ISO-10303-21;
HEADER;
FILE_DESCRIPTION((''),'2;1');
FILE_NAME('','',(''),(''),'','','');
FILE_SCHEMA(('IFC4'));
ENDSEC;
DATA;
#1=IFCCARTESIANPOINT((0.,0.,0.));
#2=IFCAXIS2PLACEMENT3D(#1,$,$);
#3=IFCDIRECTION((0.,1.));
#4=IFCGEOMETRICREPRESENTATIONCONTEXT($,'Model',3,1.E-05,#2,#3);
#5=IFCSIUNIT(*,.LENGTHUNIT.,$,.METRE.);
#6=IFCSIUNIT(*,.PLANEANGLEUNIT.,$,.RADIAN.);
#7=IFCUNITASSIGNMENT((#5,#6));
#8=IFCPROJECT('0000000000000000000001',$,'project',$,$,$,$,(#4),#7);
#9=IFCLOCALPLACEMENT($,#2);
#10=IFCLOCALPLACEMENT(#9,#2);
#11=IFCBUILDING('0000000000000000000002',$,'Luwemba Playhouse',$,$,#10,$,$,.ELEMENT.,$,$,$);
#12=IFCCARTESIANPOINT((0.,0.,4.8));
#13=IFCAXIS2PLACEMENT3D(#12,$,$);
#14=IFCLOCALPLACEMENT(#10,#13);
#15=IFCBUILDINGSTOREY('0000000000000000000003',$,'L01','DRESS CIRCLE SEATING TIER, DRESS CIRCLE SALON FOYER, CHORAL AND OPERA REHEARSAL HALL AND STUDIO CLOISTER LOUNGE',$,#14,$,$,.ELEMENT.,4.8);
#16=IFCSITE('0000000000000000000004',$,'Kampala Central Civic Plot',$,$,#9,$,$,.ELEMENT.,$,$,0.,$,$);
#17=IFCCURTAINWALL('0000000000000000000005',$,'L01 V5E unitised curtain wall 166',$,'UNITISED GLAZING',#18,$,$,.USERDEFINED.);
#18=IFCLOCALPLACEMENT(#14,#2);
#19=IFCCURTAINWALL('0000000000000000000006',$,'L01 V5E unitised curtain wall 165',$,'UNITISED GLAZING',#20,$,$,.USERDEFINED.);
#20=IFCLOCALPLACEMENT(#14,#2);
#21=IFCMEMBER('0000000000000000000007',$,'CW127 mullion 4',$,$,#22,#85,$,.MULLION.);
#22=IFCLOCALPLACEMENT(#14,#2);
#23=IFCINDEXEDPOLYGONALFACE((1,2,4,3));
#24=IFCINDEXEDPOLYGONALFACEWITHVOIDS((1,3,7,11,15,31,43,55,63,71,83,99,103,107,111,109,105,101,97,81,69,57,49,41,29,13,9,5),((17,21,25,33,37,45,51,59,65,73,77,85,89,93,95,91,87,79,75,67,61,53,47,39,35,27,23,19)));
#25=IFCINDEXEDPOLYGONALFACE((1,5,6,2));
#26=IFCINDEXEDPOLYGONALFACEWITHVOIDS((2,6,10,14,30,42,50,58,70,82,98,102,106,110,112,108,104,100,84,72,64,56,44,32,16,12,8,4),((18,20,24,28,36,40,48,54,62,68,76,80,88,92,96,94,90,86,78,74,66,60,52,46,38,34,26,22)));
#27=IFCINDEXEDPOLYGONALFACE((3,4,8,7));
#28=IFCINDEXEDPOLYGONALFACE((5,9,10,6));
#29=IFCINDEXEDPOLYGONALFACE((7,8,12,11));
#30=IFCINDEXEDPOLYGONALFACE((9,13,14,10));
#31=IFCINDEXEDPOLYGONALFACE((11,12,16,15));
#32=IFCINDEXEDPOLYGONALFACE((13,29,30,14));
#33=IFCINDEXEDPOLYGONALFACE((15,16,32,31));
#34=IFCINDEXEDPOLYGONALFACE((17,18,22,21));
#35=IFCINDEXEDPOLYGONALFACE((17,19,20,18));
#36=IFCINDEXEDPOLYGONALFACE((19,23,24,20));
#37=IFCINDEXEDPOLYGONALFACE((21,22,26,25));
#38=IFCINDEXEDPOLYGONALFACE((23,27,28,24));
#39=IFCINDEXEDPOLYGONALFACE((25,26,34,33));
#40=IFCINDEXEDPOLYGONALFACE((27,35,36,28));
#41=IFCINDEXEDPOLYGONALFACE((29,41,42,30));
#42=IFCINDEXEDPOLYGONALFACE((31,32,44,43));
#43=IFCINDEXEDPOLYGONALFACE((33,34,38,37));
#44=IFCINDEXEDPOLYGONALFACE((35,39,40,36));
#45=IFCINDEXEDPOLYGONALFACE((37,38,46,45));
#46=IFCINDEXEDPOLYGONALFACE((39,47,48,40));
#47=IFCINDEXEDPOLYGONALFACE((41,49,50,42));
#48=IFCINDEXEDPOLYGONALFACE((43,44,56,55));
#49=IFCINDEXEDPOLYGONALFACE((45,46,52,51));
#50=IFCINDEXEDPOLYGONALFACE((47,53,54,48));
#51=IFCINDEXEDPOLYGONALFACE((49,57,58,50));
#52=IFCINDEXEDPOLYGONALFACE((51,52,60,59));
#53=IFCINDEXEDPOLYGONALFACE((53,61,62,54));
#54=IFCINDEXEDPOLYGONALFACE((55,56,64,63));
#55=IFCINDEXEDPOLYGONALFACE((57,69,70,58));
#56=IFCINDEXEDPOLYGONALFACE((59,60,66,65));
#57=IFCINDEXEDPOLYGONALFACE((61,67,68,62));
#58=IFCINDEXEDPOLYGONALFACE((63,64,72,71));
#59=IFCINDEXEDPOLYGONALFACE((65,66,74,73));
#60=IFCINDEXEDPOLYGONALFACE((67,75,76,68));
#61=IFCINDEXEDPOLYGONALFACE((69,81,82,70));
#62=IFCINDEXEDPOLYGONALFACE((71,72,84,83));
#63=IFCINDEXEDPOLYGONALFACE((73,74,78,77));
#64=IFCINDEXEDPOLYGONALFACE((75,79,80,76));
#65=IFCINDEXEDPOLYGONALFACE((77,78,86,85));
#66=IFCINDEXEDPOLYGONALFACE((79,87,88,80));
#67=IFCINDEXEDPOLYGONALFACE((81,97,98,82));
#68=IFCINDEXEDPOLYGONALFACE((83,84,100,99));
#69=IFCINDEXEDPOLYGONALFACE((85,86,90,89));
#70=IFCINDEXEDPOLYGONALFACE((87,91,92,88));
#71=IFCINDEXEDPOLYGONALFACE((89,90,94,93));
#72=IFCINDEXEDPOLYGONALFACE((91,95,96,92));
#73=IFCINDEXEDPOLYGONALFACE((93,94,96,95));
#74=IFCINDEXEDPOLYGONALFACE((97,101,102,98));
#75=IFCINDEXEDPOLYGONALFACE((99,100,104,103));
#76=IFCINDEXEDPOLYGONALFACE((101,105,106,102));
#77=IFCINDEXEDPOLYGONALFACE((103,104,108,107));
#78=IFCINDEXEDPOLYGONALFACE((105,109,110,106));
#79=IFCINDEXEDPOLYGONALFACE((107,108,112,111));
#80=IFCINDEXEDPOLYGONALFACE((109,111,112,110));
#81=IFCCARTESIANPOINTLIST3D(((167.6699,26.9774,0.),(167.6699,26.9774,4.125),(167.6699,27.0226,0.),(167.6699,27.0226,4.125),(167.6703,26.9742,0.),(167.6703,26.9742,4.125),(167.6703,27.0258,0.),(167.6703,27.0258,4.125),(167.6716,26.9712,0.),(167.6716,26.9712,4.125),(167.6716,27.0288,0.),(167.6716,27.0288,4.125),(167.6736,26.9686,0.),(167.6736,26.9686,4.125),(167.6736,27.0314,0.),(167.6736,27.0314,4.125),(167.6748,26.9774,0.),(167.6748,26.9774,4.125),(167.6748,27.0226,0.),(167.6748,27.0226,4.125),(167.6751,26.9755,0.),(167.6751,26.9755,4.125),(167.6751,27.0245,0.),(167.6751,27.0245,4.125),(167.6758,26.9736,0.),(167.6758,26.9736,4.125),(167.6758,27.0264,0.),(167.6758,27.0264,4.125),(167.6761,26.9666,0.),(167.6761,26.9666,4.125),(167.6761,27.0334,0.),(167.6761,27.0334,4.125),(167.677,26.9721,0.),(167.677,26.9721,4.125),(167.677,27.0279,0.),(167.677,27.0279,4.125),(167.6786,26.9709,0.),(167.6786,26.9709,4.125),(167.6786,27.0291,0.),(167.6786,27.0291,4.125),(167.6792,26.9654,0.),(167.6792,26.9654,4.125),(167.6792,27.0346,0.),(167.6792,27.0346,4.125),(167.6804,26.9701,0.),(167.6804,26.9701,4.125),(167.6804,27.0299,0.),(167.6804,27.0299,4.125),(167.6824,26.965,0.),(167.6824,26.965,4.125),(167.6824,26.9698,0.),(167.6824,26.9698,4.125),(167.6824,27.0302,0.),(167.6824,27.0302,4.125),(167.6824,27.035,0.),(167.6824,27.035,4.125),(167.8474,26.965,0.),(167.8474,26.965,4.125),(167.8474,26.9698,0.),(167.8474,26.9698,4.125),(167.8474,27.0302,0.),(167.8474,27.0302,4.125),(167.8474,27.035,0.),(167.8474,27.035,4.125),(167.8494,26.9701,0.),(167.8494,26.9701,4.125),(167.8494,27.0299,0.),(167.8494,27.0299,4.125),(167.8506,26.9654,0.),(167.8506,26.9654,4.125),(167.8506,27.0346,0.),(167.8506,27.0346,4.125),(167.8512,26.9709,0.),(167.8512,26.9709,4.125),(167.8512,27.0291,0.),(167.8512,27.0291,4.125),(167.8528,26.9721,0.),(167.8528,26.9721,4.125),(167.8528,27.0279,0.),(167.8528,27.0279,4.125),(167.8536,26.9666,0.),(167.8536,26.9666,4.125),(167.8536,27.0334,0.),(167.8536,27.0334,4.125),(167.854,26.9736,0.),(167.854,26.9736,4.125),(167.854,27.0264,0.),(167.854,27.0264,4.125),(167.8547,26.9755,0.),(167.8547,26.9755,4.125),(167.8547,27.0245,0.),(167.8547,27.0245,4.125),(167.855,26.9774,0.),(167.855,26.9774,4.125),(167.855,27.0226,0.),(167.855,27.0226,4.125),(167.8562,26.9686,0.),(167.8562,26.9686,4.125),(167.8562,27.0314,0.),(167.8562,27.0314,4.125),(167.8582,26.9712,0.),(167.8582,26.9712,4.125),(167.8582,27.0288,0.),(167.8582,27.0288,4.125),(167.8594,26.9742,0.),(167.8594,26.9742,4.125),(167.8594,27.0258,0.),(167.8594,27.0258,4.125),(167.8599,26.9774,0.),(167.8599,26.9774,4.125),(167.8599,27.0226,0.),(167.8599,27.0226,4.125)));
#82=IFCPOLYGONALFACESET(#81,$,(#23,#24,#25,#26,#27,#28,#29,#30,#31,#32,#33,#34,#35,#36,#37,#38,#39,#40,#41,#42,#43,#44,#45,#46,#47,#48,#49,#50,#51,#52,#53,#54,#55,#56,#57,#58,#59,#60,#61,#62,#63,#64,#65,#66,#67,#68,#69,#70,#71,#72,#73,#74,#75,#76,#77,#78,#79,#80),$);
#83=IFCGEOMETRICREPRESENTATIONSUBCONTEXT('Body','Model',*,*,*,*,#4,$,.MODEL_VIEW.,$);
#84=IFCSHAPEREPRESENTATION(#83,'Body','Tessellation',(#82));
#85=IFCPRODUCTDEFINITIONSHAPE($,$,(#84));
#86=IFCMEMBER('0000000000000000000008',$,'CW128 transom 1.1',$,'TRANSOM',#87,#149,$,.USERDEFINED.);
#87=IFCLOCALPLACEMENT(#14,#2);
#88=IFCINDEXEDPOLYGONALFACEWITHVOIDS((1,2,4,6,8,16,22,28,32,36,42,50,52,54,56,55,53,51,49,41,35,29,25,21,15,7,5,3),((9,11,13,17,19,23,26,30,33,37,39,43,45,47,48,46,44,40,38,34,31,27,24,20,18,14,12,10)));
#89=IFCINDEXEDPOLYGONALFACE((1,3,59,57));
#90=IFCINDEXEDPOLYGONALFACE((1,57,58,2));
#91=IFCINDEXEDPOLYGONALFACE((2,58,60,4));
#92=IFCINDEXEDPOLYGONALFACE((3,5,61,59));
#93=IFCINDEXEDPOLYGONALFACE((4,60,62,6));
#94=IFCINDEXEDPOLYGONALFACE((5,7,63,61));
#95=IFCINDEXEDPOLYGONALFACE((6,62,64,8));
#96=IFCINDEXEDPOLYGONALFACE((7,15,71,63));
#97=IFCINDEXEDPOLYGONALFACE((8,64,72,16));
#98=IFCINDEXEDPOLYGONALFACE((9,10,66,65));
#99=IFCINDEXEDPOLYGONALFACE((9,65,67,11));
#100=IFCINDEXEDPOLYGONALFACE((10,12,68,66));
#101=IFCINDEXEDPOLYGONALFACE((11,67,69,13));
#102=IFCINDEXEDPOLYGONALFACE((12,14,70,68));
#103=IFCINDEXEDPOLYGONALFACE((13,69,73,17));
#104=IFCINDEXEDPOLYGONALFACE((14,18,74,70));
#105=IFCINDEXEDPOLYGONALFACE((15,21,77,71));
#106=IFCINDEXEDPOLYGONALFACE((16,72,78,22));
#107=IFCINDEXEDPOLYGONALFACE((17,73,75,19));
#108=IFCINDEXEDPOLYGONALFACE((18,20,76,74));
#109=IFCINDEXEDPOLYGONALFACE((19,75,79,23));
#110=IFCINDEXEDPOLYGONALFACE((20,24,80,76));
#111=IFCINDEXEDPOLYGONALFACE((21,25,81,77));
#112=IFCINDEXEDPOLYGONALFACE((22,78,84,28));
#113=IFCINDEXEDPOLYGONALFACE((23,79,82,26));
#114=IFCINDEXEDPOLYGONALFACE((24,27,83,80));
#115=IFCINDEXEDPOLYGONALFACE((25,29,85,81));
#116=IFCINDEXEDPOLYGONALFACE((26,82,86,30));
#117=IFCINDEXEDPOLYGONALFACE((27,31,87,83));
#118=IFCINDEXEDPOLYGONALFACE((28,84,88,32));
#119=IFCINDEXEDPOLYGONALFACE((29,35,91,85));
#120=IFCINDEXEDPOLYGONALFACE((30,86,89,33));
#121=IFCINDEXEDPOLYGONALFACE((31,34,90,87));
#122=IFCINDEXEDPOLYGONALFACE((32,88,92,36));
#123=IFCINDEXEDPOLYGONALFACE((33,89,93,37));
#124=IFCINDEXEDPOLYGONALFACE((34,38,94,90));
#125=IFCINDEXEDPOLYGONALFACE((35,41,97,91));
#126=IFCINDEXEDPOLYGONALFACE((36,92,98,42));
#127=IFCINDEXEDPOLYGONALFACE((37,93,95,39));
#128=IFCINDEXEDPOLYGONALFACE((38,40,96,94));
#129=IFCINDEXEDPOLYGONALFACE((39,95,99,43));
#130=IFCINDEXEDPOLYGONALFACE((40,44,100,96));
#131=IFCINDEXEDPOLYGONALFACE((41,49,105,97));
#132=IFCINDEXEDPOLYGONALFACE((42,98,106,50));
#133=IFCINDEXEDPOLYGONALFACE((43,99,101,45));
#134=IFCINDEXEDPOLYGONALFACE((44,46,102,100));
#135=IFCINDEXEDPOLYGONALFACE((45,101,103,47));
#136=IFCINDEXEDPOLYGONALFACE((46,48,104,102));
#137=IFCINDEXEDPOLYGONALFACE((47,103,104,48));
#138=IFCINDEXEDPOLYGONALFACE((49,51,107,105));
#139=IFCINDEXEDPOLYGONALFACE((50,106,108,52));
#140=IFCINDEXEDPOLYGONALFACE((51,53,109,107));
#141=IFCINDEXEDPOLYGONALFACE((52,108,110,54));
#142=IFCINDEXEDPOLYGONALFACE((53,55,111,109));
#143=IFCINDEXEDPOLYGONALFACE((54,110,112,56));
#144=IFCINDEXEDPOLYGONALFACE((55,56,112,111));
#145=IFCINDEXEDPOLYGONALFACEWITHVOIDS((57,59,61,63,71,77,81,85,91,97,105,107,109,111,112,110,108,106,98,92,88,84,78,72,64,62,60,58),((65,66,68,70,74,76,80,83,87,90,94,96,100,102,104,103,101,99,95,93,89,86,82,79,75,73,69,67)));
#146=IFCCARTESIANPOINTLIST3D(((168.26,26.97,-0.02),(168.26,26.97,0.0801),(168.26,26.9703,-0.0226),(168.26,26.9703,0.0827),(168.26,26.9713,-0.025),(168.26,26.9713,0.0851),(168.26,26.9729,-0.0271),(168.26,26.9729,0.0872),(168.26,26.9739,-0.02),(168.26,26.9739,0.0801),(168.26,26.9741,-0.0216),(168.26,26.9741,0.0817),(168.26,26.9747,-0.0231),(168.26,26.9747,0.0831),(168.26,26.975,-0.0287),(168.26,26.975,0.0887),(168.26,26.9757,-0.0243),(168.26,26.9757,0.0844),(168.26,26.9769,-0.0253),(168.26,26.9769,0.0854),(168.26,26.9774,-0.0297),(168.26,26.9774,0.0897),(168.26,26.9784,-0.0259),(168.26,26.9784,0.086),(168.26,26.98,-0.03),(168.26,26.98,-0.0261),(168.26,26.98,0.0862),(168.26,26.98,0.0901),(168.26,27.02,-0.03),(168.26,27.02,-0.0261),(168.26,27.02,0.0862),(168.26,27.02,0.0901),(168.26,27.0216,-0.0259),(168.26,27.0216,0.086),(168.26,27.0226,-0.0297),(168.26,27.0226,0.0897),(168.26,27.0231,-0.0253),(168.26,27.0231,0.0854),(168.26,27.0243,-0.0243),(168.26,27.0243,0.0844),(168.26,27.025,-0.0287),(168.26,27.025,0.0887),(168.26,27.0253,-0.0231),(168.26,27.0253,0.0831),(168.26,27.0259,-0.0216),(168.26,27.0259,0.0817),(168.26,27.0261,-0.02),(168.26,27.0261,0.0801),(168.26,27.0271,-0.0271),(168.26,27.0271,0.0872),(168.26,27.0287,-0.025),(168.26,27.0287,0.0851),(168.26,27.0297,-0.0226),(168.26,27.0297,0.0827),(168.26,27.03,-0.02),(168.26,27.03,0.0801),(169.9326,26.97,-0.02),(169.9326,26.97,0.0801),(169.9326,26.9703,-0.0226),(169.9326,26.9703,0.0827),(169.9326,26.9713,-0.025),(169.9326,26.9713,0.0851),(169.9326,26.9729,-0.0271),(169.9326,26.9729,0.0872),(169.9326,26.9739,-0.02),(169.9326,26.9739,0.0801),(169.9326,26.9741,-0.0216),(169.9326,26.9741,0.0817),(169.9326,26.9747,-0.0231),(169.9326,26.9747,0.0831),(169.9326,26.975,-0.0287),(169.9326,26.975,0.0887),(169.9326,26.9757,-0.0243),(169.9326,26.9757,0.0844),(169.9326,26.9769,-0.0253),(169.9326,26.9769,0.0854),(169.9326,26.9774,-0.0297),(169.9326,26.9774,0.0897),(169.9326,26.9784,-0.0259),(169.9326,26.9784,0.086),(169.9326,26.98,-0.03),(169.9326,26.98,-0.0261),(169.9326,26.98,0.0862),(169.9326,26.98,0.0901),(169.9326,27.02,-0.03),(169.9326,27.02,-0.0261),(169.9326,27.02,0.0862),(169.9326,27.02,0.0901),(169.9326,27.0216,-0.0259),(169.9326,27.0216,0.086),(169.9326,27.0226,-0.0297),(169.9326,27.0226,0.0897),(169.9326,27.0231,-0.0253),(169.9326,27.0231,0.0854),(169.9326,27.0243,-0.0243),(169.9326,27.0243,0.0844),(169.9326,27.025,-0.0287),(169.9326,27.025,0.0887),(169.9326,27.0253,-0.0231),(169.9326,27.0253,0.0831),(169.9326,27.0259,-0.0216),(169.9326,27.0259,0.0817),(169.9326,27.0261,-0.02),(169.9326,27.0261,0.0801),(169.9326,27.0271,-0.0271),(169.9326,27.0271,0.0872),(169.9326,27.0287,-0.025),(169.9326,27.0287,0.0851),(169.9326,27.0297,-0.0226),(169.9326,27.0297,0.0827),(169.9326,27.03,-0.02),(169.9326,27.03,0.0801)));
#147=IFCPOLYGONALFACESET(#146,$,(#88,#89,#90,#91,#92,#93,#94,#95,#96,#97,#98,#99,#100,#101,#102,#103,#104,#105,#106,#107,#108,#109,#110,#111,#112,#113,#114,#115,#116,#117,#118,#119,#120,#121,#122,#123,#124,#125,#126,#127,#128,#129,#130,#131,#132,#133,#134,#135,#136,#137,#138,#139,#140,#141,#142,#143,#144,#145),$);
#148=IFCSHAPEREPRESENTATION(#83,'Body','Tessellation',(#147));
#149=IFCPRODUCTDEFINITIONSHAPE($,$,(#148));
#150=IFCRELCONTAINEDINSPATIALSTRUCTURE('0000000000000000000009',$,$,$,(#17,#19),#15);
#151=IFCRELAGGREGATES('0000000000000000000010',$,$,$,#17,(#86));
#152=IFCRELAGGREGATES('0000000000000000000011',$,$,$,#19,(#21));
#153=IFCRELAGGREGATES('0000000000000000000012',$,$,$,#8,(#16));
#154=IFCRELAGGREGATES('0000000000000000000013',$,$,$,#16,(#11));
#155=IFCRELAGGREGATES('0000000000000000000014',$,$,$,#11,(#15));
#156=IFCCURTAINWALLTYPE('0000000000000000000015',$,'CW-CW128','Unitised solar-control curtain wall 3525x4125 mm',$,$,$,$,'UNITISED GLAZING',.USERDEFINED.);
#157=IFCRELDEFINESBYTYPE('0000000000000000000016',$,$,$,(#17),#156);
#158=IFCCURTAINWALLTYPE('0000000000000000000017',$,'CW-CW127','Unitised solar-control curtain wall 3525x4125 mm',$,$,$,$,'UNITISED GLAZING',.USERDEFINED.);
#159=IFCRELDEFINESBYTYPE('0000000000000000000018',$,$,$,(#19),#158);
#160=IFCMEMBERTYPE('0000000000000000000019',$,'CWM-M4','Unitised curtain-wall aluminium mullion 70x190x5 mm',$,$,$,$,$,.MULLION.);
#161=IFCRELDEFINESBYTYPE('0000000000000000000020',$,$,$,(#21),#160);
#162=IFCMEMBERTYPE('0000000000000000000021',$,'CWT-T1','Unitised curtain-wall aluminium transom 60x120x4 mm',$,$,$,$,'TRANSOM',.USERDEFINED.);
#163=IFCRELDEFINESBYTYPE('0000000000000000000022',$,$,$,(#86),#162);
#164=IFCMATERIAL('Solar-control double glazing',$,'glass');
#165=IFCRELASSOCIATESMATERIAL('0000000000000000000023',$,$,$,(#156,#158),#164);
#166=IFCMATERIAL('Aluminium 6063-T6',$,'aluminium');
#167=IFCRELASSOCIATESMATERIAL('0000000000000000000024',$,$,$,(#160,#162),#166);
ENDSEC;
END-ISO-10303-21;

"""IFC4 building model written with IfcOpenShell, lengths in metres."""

from ifc_helpers import new_model, si_unit, direction, frame, origin, origin_2d, place, context, subcontext, project, spatial, hollow_rectangle, extrude, material, material_profile, profile_set, type_object, element, aggregate, save


model = new_model("IFC4")

# Units and contexts
model_context = context("Model", 3, precision=1e-05, world=origin(), true_north=direction((0.0, 1.0)))
body_context = subcontext(model_context, "Body", "Model", "MODEL_VIEW")
ifc_project = project(units=[si_unit("LENGTHUNIT", "METRE"), si_unit("PLANEANGLEUNIT", "RADIAN")], contexts=[model_context])

# Site, building, storey
site_placement = place(None, origin())
site = spatial("IfcSite", under=ifc_project, at=site_placement, Name="Kampala Central Civic Plot", CompositionType="ELEMENT", RefElevation=0.0)
building_placement = place(site_placement, origin())
building = spatial("IfcBuilding", under=site, at=building_placement, Name="Luwemba Playhouse", CompositionType="ELEMENT")
storey_placement = place(building_placement, frame((0.0, 0.0, 4.8)))
storey = spatial("IfcBuildingStorey", under=building, at=storey_placement, Name="L01", Description="DRESS CIRCLE SEATING TIER, DRESS CIRCLE SALON FOYER, CHORAL AND OPERA REHEARSAL HALL AND STUDIO CLOISTER LOUNGE", CompositionType="ELEMENT", Elevation=4.8)

# Curtain wall
ifc_material_1 = material(Name="Solar-control double glazing", Category="glass")
curtain_wall_type_1 = type_object("IfcCurtainWallType", Name="CW-CW128", Description="Unitised solar-control curtain wall 3525x4125 mm", ElementType="UNITISED GLAZING", PredefinedType="USERDEFINED", material=ifc_material_1)
curtain_wall_1_placement = place(storey_placement, origin())
curtain_wall_1 = element("IfcCurtainWall", 1, at=curtain_wall_1_placement, inside=storey, type_object=curtain_wall_type_1, Name="L01 V5E unitised curtain wall 166", ObjectType="UNITISED GLAZING", PredefinedType="USERDEFINED")
ifc_material_2 = material(Name="Aluminium 6063-T6", Category="aluminium")

# Curtain wall, member
curtain_wall_type_2 = type_object("IfcCurtainWallType", Name="CW-CW127", Description="Unitised solar-control curtain wall 3525x4125 mm", ElementType="UNITISED GLAZING", PredefinedType="USERDEFINED", material=ifc_material_1)
curtain_wall_2_placement = place(storey_placement, origin())
curtain_wall_2 = element("IfcCurtainWall", 2, at=curtain_wall_2_placement, inside=storey, type_object=curtain_wall_type_2, Name="L01 V5E unitised curtain wall 165", ObjectType="UNITISED GLAZING", PredefinedType="USERDEFINED")
ifc_material_profile_1 = material_profile(ifc_material_2, hollow_rectangle(XDim=0.0701, YDim=0.1899, WallThickness=0.0049, InnerFilletRadius=0.0076, OuterFilletRadius=0.0125, at=origin_2d()))
ifc_profile_set_1 = profile_set([ifc_material_profile_1], Name="Aluminium 6063-T6")
member_type_1 = type_object("IfcMemberType", Name="CWM-M4", Description="Unitised curtain-wall aluminium mullion 70x190x5 mm", PredefinedType="MULLION", material=ifc_profile_set_1)
member_1_placement = place(storey_placement, frame((167.7649, 27.0, 0.0), z_axis=(0.0, 0.0, 1.0), x_axis=(0.0, 1.0, 0.0)))
member_1 = element("IfcMember", 3, at=member_1_placement, type_object=member_type_1, Name="CW127 mullion 4", PredefinedType="MULLION", context=body_context, shape_type="SweptSolid", body=[
    extrude(hollow_rectangle(XDim=0.0701, YDim=0.1899, WallThickness=0.0049, InnerFilletRadius=0.0076, OuterFilletRadius=0.0125, at=origin_2d()), origin(), (0.0, 0.0, 1.0), 4.125),
])

# Member
ifc_material_profile_2 = material_profile(ifc_material_2, hollow_rectangle(XDim=0.0601, YDim=0.1201, WallThickness=0.0039, InnerFilletRadius=0.0061, OuterFilletRadius=0.01, at=origin_2d()))
ifc_profile_set_2 = profile_set([ifc_material_profile_2], Name="Aluminium 6063-T6")
member_type_2 = type_object("IfcMemberType", Name="CWT-T1", Description="Unitised curtain-wall aluminium transom 60x120x4 mm", ElementType="TRANSOM", PredefinedType="USERDEFINED", material=ifc_profile_set_2)
member_2_placement = place(storey_placement, frame((168.26, 27.0, 0.03), z_axis=(1.0, 0.0, 0.0), x_axis=(0.0, 1.0, 0.0)))
member_2 = element("IfcMember", 4, at=member_2_placement, type_object=member_type_2, Name="CW128 transom 1.1", ObjectType="TRANSOM", PredefinedType="USERDEFINED", context=body_context, shape_type="SweptSolid", body=[
    extrude(hollow_rectangle(XDim=0.0601, YDim=0.1201, WallThickness=0.0039, InnerFilletRadius=0.0061, OuterFilletRadius=0.01, at=origin_2d()), origin(), (0.0, 0.0, 1.0), 1.6726),
])

aggregate(curtain_wall_1, [member_2])
aggregate(curtain_wall_2, [member_1])

save(model, "model.ifc")
